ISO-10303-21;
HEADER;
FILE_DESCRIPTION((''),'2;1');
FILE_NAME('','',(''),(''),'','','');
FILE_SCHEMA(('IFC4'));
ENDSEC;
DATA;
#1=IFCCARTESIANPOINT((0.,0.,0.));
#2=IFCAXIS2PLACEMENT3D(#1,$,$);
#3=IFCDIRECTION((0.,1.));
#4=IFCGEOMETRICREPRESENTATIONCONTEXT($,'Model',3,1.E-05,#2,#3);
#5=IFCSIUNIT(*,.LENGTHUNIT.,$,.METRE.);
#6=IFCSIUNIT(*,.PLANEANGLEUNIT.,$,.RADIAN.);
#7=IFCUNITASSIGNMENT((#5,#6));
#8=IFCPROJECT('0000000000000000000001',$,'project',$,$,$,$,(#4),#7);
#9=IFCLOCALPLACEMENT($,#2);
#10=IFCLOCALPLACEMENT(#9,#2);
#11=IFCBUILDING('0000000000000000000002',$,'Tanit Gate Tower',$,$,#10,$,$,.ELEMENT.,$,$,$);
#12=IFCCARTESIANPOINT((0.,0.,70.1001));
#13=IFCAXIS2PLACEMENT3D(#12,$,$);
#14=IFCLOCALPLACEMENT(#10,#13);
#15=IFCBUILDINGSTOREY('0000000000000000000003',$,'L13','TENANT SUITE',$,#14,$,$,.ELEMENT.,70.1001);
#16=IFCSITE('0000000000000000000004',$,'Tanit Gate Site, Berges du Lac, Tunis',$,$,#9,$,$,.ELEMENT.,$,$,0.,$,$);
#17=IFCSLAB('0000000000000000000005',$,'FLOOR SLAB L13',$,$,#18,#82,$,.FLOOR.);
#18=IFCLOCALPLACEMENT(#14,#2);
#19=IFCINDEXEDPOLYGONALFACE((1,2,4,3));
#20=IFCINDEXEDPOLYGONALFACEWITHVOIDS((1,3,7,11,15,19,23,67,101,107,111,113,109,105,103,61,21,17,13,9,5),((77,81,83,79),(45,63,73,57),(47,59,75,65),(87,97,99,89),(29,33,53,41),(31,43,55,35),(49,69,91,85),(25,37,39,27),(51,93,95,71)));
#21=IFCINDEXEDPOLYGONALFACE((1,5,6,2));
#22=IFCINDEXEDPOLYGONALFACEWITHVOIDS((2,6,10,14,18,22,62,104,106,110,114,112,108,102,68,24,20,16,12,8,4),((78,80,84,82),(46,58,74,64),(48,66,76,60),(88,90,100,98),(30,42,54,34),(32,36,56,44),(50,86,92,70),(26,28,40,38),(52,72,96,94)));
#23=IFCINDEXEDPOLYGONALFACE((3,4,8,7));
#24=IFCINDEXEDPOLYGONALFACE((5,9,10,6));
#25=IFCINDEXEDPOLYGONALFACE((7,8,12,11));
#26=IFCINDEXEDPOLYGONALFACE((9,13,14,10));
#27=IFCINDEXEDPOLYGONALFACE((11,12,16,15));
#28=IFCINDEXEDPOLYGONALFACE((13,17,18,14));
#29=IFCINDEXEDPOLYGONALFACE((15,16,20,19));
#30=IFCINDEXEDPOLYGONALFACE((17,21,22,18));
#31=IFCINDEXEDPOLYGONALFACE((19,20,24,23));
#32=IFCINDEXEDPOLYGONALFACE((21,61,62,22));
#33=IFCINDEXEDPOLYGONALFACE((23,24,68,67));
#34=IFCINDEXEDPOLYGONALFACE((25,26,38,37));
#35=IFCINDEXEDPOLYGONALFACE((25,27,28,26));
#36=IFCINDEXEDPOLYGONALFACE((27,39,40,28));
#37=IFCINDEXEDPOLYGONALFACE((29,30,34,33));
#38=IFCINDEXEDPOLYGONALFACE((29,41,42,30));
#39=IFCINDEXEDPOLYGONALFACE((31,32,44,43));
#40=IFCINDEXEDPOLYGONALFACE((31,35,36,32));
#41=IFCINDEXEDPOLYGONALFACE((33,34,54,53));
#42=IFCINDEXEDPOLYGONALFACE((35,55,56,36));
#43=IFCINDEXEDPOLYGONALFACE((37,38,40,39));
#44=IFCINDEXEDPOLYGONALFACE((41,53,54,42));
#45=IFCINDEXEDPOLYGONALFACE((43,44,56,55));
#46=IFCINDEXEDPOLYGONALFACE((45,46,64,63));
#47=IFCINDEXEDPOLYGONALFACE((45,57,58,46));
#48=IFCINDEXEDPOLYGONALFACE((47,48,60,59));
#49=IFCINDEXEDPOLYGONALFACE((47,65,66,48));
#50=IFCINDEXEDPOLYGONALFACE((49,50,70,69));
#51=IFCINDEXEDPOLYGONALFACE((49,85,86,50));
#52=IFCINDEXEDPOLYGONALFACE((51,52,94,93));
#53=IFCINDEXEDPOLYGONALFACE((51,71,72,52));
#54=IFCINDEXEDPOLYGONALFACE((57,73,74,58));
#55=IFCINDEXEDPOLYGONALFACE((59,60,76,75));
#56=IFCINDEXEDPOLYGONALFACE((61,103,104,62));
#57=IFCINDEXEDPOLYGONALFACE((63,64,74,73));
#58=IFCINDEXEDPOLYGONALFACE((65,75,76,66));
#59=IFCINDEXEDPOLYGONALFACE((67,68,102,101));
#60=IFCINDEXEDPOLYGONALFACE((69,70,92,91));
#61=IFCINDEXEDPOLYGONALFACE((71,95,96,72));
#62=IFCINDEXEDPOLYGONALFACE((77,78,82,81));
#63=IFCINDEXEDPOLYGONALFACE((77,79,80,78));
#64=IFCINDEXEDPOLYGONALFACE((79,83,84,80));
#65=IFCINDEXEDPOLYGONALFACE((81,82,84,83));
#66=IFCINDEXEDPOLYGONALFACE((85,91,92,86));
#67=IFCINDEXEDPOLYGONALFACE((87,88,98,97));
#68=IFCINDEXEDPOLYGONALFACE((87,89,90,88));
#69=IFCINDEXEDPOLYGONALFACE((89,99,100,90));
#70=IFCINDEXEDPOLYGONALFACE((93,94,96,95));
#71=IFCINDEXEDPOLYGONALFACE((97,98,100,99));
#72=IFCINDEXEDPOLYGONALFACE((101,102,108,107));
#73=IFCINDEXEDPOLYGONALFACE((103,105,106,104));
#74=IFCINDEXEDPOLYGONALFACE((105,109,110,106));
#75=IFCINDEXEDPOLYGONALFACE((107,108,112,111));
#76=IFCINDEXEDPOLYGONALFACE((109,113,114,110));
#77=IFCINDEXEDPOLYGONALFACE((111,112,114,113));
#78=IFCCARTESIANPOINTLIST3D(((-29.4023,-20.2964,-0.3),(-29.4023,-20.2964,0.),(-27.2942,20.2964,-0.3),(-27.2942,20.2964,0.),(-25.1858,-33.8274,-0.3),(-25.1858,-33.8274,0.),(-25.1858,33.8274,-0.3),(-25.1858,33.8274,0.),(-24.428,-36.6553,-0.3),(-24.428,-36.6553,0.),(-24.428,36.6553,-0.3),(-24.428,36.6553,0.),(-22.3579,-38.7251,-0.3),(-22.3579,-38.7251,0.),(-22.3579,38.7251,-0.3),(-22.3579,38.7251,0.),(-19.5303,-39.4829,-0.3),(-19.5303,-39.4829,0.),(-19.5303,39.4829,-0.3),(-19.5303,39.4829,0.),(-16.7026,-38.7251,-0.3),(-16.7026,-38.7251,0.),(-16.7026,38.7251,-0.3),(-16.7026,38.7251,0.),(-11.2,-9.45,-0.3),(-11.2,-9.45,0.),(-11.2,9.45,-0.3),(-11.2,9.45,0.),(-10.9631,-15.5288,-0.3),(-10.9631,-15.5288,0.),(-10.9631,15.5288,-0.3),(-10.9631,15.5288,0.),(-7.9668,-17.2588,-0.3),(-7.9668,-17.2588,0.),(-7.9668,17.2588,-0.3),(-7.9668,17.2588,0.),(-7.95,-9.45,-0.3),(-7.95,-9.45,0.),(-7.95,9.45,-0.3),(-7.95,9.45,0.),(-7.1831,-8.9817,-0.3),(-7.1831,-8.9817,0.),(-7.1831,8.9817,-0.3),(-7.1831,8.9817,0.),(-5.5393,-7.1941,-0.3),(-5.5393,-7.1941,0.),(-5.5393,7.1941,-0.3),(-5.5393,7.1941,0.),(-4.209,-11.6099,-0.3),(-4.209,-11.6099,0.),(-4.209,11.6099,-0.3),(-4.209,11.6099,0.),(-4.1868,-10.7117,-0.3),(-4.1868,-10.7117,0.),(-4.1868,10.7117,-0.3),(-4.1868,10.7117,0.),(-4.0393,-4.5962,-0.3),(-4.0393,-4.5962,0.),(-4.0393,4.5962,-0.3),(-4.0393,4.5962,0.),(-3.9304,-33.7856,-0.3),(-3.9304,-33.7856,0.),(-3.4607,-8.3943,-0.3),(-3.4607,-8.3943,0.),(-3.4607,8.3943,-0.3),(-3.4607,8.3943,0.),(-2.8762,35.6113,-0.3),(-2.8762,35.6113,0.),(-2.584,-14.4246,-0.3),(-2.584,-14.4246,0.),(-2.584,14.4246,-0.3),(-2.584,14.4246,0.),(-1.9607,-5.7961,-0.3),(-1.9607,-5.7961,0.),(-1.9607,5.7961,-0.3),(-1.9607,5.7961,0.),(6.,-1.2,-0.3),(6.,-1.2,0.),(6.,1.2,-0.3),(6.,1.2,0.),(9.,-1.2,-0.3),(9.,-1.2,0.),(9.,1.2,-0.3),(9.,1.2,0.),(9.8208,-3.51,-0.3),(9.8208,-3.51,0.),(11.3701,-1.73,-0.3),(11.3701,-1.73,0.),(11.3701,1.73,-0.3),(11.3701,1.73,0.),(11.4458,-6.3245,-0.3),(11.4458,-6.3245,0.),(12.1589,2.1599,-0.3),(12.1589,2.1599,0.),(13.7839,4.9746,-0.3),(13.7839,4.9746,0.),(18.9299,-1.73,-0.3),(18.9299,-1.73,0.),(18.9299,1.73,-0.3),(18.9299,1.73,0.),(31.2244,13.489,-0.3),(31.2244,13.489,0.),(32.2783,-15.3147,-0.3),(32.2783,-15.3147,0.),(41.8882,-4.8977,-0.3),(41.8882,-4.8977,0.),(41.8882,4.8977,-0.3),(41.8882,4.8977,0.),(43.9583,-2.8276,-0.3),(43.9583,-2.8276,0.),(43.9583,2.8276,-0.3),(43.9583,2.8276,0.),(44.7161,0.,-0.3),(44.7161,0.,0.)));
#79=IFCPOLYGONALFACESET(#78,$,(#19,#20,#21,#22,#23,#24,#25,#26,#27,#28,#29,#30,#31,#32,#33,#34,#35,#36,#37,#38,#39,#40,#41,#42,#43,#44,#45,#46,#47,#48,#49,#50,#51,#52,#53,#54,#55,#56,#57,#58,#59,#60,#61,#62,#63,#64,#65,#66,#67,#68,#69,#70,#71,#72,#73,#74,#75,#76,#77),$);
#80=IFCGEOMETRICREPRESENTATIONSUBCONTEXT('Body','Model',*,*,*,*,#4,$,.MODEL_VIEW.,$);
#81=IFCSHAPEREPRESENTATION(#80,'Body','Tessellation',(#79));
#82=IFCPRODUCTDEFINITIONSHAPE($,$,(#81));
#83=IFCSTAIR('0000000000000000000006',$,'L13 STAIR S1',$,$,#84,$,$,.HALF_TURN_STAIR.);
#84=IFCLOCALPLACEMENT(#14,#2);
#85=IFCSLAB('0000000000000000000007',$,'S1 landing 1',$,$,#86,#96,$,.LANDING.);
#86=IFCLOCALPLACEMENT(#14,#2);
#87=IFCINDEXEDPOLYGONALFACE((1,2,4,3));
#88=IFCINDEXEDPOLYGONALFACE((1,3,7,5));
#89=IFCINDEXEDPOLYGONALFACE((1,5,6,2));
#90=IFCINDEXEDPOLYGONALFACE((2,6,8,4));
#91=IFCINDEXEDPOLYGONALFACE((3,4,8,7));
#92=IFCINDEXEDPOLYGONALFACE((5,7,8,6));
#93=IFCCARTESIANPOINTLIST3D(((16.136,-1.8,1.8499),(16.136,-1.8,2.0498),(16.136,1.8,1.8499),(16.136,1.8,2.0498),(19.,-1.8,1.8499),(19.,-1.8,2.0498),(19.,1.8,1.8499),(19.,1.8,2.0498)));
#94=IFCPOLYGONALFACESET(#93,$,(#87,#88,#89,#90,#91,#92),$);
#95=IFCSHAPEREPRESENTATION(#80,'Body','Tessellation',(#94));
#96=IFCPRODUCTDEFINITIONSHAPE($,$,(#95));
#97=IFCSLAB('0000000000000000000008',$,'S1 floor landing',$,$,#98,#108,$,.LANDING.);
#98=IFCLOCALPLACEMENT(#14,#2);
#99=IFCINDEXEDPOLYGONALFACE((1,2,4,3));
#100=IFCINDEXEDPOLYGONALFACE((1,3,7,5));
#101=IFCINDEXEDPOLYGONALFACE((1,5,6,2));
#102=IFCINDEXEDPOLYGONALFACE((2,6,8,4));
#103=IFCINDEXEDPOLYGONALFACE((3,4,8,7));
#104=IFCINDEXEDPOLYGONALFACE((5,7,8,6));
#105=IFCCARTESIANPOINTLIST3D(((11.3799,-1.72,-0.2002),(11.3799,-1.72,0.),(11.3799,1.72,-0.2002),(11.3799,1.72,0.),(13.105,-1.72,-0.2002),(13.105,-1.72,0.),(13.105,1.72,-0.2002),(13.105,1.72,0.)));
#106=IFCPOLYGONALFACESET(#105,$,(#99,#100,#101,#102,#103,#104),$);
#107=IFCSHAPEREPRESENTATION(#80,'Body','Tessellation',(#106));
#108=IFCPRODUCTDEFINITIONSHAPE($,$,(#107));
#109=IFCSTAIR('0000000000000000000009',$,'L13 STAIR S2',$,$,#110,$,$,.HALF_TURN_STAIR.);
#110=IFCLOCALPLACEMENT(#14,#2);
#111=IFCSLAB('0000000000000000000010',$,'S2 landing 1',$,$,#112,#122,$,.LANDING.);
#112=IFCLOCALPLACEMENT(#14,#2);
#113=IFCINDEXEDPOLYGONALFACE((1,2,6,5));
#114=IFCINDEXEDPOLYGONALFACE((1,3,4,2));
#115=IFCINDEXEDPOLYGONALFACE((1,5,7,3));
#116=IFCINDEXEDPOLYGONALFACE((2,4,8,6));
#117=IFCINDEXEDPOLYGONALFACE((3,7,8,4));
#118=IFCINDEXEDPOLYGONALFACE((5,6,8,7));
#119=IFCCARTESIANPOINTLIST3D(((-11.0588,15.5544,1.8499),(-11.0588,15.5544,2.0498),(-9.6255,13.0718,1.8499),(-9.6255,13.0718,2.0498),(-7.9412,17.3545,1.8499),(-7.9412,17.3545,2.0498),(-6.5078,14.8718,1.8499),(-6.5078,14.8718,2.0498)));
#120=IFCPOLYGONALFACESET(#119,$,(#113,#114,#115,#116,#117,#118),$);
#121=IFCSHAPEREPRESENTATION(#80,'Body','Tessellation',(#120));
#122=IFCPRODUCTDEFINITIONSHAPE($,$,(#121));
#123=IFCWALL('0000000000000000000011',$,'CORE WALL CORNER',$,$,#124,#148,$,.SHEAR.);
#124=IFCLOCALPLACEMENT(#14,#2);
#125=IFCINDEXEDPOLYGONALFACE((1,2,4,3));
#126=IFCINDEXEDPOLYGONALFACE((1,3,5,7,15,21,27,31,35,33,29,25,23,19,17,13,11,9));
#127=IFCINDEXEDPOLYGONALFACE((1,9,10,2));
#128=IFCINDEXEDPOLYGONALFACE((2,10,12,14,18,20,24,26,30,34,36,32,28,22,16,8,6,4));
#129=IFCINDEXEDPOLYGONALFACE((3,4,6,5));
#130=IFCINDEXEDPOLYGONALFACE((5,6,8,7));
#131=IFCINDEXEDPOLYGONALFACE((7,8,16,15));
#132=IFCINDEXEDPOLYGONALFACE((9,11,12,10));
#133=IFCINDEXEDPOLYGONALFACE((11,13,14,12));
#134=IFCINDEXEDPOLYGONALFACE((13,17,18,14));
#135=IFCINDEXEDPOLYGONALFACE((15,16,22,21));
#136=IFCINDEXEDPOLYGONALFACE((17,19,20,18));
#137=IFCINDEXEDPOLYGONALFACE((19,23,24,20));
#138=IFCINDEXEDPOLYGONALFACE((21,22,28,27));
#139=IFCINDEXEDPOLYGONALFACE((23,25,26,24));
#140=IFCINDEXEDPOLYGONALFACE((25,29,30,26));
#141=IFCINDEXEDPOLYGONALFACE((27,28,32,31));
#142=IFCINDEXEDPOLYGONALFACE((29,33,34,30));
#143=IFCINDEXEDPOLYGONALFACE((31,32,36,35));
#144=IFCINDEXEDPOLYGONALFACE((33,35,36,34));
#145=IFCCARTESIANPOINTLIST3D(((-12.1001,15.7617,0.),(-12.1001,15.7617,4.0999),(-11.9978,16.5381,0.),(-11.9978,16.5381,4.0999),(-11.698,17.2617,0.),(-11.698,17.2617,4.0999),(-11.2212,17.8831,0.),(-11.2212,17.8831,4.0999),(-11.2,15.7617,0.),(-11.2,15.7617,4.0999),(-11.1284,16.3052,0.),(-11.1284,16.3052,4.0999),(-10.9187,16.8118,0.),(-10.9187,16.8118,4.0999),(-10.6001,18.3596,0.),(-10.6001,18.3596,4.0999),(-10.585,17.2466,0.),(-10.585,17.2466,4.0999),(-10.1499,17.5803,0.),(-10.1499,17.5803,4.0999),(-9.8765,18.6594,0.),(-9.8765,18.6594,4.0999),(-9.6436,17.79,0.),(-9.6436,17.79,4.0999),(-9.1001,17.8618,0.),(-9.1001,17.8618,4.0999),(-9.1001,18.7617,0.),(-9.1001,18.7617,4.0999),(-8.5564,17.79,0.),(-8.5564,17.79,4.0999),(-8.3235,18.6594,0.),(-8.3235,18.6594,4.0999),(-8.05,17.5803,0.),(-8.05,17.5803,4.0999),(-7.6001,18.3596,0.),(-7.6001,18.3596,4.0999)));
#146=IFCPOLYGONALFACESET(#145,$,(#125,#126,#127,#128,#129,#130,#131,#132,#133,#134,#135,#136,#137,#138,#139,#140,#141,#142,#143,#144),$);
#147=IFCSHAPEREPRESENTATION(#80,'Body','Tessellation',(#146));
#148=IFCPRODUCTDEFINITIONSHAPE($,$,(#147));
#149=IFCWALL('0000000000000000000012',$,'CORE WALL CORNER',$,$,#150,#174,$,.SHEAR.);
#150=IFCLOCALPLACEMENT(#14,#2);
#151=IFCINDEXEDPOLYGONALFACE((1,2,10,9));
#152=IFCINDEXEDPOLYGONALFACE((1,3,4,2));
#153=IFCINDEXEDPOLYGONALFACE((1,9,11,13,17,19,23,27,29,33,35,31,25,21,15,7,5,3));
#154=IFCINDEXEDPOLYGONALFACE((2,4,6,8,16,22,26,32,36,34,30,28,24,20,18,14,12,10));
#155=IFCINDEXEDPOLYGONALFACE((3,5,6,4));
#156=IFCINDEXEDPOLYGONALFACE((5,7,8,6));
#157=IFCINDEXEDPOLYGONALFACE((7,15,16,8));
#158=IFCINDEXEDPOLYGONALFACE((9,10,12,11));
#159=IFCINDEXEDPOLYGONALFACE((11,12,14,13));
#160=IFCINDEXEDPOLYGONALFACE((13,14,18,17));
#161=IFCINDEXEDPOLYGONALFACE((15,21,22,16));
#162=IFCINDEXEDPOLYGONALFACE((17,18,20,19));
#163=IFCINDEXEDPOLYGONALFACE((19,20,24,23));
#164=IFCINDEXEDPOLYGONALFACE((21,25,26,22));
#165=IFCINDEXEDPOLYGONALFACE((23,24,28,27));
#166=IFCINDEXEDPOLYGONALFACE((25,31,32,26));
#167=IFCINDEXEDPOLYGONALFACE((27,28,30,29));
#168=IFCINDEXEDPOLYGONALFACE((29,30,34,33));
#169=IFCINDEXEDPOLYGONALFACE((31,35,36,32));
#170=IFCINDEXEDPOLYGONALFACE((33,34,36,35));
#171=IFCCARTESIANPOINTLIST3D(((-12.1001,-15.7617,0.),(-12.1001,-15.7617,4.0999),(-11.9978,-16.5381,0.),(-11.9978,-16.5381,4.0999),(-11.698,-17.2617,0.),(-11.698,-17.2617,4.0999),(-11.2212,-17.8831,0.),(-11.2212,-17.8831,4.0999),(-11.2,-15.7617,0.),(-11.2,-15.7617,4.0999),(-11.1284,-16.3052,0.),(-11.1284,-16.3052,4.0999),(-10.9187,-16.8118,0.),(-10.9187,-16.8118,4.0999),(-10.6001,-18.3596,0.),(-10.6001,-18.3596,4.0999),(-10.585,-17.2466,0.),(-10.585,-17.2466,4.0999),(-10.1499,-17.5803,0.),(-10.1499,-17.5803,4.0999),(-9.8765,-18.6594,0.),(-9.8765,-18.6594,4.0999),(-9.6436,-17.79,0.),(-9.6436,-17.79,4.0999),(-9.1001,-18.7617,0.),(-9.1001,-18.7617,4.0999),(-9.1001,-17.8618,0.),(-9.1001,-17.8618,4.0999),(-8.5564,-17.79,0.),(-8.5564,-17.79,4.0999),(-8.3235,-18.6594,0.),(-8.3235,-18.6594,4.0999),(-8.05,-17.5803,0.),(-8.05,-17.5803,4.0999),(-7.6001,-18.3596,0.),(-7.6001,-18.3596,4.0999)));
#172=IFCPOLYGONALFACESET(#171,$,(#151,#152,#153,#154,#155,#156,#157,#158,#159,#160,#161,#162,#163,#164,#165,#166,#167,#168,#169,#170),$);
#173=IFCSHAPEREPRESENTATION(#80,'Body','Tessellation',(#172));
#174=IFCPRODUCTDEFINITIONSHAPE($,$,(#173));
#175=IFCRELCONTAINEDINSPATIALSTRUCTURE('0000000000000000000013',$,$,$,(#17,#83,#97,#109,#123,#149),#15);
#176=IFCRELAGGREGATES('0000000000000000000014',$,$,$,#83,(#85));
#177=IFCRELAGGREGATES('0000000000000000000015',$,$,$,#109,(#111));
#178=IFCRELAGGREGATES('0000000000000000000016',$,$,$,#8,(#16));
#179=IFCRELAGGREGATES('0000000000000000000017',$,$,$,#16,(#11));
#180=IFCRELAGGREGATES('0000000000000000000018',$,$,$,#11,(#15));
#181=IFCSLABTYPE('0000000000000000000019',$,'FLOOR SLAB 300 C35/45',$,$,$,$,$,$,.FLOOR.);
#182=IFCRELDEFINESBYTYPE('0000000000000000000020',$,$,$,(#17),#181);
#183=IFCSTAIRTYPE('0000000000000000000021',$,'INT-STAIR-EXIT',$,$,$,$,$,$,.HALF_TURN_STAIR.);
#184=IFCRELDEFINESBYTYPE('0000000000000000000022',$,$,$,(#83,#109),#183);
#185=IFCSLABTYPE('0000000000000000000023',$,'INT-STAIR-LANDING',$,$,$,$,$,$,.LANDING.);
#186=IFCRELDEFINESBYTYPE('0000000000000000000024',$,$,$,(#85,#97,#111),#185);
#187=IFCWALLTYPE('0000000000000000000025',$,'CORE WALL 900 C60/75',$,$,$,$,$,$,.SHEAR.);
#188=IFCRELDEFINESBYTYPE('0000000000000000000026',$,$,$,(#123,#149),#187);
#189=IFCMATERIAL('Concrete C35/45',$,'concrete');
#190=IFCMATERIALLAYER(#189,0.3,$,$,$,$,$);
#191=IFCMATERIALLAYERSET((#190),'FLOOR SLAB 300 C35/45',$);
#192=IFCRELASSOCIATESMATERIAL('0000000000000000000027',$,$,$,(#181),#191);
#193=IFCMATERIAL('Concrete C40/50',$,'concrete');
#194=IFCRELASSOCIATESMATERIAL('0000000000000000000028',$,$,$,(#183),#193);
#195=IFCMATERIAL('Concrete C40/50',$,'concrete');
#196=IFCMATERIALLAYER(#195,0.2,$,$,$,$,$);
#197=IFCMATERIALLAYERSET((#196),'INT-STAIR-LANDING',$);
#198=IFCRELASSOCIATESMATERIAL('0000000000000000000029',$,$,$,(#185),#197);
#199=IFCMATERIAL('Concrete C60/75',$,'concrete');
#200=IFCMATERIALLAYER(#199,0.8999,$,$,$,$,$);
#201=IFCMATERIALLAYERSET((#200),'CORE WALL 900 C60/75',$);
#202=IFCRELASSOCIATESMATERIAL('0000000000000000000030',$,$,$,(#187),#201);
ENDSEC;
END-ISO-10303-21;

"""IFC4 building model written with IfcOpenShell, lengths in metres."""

from ifc_helpers import new_model, si_unit, direction, frame, origin, place, context, subcontext, project, spatial, polyline, outline, extrude, material, layer, layer_set, type_object, element, aggregate, save


model = new_model("IFC4")

# Units and contexts
model_context = context("Model", 3, precision=1e-05, world=origin(), true_north=direction((0.0, 1.0)))
body_context = subcontext(model_context, "Body", "Model", "MODEL_VIEW")
ifc_project = project(units=[si_unit("LENGTHUNIT", "METRE"), si_unit("PLANEANGLEUNIT", "RADIAN")], contexts=[model_context])

# Site, building, storey
site_placement = place(None, origin())
site = spatial("IfcSite", under=ifc_project, at=site_placement, Name="Tanit Gate Site, Berges du Lac, Tunis", CompositionType="ELEMENT", RefElevation=0.0)
building_placement = place(site_placement, origin())
building = spatial("IfcBuilding", under=site, at=building_placement, Name="Tanit Gate Tower", CompositionType="ELEMENT")
storey_placement = place(building_placement, frame((0.0, 0.0, 70.1001)))
storey = spatial("IfcBuildingStorey", under=building, at=storey_placement, Name="L13", Description="TENANT SUITE", CompositionType="ELEMENT", Elevation=70.1001)

# Slab
ifc_material_1 = material(Name="Concrete C35/45", Category="concrete")
ifc_layer_1 = layer(ifc_material_1, 0.3)
ifc_layer_set_1 = layer_set([ifc_layer_1], Name="FLOOR SLAB 300 C35/45")
slab_type_1 = type_object("IfcSlabType", Name="FLOOR SLAB 300 C35/45", PredefinedType="FLOOR", material=ifc_layer_set_1)
slab_1_placement = place(storey_placement, frame((0.0, 0.0, -0.3)))
element("IfcSlab", 1, at=slab_1_placement, inside=storey, type_object=slab_type_1, Name="FLOOR SLAB L13", PredefinedType="FLOOR", context=body_context, shape_type="SweptSolid", body=[
    extrude(outline(polyline([(41.8882, 4.8977), (43.9583, 2.8276), (44.7161, 0.0), (43.9583, -2.8276), (41.8882, -4.8977), (32.2783, -15.3147), (-3.9304, -33.7856), (-16.7026, -38.7251), (-19.5303, -39.4829), (-22.3579, -38.7251), (-24.428, -36.6553), (-25.1858, -33.8274), (-29.4023, -20.2964), (-27.2942, 20.2964), (-25.1858, 33.8274), (-24.428, 36.6553), (-22.3579, 38.7251), (-19.5303, 39.4829), (-16.7026, 38.7251), (-2.8762, 35.6113), (31.2244, 13.489), (41.8882, 4.8977)]), holes=[polyline([(11.3701, 1.73), (18.9299, 1.73), (18.9299, -1.73), (11.3701, -1.73), (11.3701, 1.73)]), polyline([(-4.209, 11.6099), (-2.584, 14.4246), (13.7839, 4.9746), (12.1589, 2.1599), (-4.209, 11.6099)]), polyline([(-4.209, -11.6099), (9.8208, -3.51), (11.4458, -6.3245), (-2.584, -14.4246), (-4.209, -11.6099)]), polyline([(9.0, 1.2), (9.0, -1.2), (6.0, -1.2), (6.0, 1.2), (9.0, 1.2)]), polyline([(-5.5393, 7.1941), (-3.4607, 8.3943), (-1.9607, 5.7961), (-4.0393, 4.5962), (-5.5393, 7.1941)]), polyline([(-1.9607, -5.7961), (-3.4607, -8.3943), (-5.5393, -7.1941), (-4.0393, -4.5962), (-1.9607, -5.7961)]), polyline([(-10.9631, 15.5288), (-7.9668, 17.2588), (-4.1868, 10.7117), (-7.1831, 8.9817), (-10.9631, 15.5288)]), polyline([(-4.1868, -10.7117), (-7.9668, -17.2588), (-10.9631, -15.5288), (-7.1831, -8.9817), (-4.1868, -10.7117)]), polyline([(-11.2, -9.45), (-11.2, 9.45), (-7.95, 9.45), (-7.95, -9.45), (-11.2, -9.45)])]), origin(), (0.0, 0.0, 1.0), 0.3),
])

# Stair, slab
ifc_material_2 = material(Name="Concrete C40/50", Category="concrete")
stair_type = type_object("IfcStairType", Name="INT-STAIR-EXIT", PredefinedType="HALF_TURN_STAIR", material=ifc_material_2)
stair_1_placement = place(storey_placement, origin())
stair_1 = element("IfcStair", 2, at=stair_1_placement, inside=storey, type_object=stair_type, Name="L13 STAIR S1", PredefinedType="HALF_TURN_STAIR")
ifc_material_3 = material(Name="Concrete C40/50", Category="concrete")
ifc_layer_2 = layer(ifc_material_3, 0.2)
ifc_layer_set_2 = layer_set([ifc_layer_2], Name="INT-STAIR-LANDING")
slab_type_2 = type_object("IfcSlabType", Name="INT-STAIR-LANDING", PredefinedType="LANDING", material=ifc_layer_set_2)
slab_2_placement = place(storey_placement, frame((0.0, 0.0, 1.8499)))
slab_2 = element("IfcSlab", 3, at=slab_2_placement, type_object=slab_type_2, Name="S1 landing 1", PredefinedType="LANDING", context=body_context, shape_type="SweptSolid", body=[
    extrude(outline(polyline([(16.136, -1.8), (19.0, -1.8), (19.0, 1.8), (16.136, 1.8), (16.136, -1.8)])), origin(), (0.0, 0.0, 1.0), 0.2),
])
aggregate(stair_1, [slab_2])

# Slab
slab_3_placement = place(storey_placement, frame((0.0, 0.0, -0.2002)))
element("IfcSlab", 4, at=slab_3_placement, inside=storey, type_object=slab_type_2, Name="S1 floor landing", PredefinedType="LANDING", context=body_context, shape_type="SweptSolid", body=[
    extrude(outline(polyline([(11.3799, -1.72), (13.105, -1.72), (13.105, 1.72), (11.3799, 1.72), (11.3799, -1.72)])), origin(), (0.0, 0.0, 1.0), 0.2002),
])

# Stair, slab
stair_2_placement = place(storey_placement, origin())
stair_2 = element("IfcStair", 5, at=stair_2_placement, inside=storey, type_object=stair_type, Name="L13 STAIR S2", PredefinedType="HALF_TURN_STAIR")
slab_4_placement = place(storey_placement, frame((0.0, 0.0, 1.8499)))
slab_4 = element("IfcSlab", 6, at=slab_4_placement, type_object=slab_type_2, Name="S2 landing 1", PredefinedType="LANDING", context=body_context, shape_type="SweptSolid", body=[
    extrude(outline(polyline([(-6.5078, 14.8718), (-7.9412, 17.3545), (-11.0588, 15.5544), (-9.6255, 13.0718), (-6.5078, 14.8718)])), origin(), (0.0, 0.0, 1.0), 0.2),
])
aggregate(stair_2, [slab_4])

# Walls
ifc_material_4 = material(Name="Concrete C60/75", Category="concrete")
ifc_layer_3 = layer(ifc_material_4, 0.8999)
ifc_layer_set_3 = layer_set([ifc_layer_3], Name="CORE WALL 900 C60/75")
wall_type_1 = type_object("IfcWallType", Name="CORE WALL 900 C60/75", PredefinedType="SHEAR", material=ifc_layer_set_3)
wall_1_placement = place(storey_placement, origin())
element("IfcWall", 7, at=wall_1_placement, inside=storey, type_object=wall_type_1, Name="CORE WALL CORNER", PredefinedType="SHEAR", context=body_context, shape_type="SweptSolid", body=[
    extrude(outline(polyline([(-7.6001, 18.3596), (-8.3235, 18.6594), (-9.1001, 18.7617), (-9.8765, 18.6594), (-10.6001, 18.3596), (-11.2212, 17.8831), (-11.698, 17.2617), (-11.9978, 16.5381), (-12.1001, 15.7617), (-11.2, 15.7617), (-11.1284, 16.3052), (-10.9187, 16.8118), (-10.585, 17.2466), (-10.1499, 17.5803), (-9.6436, 17.79), (-9.1001, 17.8618), (-8.5564, 17.79), (-8.05, 17.5803), (-7.6001, 18.3596)])), origin(), (0.0, 0.0, 1.0), 4.0999),
])
wall_2_placement = place(storey_placement, origin())
element("IfcWall", 8, at=wall_2_placement, inside=storey, type_object=wall_type_1, Name="CORE WALL CORNER", PredefinedType="SHEAR", context=body_context, shape_type="SweptSolid", body=[
    extrude(outline(polyline([(-12.1001, -15.7617), (-11.9978, -16.5381), (-11.698, -17.2617), (-11.2212, -17.8831), (-10.6001, -18.3596), (-9.8765, -18.6594), (-9.1001, -18.7617), (-8.3235, -18.6594), (-7.6001, -18.3596), (-8.05, -17.5803), (-8.5564, -17.79), (-9.1001, -17.8618), (-9.6436, -17.79), (-10.1499, -17.5803), (-10.585, -17.2466), (-10.9187, -16.8118), (-11.1284, -16.3052), (-11.2, -15.7617), (-12.1001, -15.7617)])), origin(), (0.0, 0.0, 1.0), 4.0999),
])

save(model, "model.ifc")
